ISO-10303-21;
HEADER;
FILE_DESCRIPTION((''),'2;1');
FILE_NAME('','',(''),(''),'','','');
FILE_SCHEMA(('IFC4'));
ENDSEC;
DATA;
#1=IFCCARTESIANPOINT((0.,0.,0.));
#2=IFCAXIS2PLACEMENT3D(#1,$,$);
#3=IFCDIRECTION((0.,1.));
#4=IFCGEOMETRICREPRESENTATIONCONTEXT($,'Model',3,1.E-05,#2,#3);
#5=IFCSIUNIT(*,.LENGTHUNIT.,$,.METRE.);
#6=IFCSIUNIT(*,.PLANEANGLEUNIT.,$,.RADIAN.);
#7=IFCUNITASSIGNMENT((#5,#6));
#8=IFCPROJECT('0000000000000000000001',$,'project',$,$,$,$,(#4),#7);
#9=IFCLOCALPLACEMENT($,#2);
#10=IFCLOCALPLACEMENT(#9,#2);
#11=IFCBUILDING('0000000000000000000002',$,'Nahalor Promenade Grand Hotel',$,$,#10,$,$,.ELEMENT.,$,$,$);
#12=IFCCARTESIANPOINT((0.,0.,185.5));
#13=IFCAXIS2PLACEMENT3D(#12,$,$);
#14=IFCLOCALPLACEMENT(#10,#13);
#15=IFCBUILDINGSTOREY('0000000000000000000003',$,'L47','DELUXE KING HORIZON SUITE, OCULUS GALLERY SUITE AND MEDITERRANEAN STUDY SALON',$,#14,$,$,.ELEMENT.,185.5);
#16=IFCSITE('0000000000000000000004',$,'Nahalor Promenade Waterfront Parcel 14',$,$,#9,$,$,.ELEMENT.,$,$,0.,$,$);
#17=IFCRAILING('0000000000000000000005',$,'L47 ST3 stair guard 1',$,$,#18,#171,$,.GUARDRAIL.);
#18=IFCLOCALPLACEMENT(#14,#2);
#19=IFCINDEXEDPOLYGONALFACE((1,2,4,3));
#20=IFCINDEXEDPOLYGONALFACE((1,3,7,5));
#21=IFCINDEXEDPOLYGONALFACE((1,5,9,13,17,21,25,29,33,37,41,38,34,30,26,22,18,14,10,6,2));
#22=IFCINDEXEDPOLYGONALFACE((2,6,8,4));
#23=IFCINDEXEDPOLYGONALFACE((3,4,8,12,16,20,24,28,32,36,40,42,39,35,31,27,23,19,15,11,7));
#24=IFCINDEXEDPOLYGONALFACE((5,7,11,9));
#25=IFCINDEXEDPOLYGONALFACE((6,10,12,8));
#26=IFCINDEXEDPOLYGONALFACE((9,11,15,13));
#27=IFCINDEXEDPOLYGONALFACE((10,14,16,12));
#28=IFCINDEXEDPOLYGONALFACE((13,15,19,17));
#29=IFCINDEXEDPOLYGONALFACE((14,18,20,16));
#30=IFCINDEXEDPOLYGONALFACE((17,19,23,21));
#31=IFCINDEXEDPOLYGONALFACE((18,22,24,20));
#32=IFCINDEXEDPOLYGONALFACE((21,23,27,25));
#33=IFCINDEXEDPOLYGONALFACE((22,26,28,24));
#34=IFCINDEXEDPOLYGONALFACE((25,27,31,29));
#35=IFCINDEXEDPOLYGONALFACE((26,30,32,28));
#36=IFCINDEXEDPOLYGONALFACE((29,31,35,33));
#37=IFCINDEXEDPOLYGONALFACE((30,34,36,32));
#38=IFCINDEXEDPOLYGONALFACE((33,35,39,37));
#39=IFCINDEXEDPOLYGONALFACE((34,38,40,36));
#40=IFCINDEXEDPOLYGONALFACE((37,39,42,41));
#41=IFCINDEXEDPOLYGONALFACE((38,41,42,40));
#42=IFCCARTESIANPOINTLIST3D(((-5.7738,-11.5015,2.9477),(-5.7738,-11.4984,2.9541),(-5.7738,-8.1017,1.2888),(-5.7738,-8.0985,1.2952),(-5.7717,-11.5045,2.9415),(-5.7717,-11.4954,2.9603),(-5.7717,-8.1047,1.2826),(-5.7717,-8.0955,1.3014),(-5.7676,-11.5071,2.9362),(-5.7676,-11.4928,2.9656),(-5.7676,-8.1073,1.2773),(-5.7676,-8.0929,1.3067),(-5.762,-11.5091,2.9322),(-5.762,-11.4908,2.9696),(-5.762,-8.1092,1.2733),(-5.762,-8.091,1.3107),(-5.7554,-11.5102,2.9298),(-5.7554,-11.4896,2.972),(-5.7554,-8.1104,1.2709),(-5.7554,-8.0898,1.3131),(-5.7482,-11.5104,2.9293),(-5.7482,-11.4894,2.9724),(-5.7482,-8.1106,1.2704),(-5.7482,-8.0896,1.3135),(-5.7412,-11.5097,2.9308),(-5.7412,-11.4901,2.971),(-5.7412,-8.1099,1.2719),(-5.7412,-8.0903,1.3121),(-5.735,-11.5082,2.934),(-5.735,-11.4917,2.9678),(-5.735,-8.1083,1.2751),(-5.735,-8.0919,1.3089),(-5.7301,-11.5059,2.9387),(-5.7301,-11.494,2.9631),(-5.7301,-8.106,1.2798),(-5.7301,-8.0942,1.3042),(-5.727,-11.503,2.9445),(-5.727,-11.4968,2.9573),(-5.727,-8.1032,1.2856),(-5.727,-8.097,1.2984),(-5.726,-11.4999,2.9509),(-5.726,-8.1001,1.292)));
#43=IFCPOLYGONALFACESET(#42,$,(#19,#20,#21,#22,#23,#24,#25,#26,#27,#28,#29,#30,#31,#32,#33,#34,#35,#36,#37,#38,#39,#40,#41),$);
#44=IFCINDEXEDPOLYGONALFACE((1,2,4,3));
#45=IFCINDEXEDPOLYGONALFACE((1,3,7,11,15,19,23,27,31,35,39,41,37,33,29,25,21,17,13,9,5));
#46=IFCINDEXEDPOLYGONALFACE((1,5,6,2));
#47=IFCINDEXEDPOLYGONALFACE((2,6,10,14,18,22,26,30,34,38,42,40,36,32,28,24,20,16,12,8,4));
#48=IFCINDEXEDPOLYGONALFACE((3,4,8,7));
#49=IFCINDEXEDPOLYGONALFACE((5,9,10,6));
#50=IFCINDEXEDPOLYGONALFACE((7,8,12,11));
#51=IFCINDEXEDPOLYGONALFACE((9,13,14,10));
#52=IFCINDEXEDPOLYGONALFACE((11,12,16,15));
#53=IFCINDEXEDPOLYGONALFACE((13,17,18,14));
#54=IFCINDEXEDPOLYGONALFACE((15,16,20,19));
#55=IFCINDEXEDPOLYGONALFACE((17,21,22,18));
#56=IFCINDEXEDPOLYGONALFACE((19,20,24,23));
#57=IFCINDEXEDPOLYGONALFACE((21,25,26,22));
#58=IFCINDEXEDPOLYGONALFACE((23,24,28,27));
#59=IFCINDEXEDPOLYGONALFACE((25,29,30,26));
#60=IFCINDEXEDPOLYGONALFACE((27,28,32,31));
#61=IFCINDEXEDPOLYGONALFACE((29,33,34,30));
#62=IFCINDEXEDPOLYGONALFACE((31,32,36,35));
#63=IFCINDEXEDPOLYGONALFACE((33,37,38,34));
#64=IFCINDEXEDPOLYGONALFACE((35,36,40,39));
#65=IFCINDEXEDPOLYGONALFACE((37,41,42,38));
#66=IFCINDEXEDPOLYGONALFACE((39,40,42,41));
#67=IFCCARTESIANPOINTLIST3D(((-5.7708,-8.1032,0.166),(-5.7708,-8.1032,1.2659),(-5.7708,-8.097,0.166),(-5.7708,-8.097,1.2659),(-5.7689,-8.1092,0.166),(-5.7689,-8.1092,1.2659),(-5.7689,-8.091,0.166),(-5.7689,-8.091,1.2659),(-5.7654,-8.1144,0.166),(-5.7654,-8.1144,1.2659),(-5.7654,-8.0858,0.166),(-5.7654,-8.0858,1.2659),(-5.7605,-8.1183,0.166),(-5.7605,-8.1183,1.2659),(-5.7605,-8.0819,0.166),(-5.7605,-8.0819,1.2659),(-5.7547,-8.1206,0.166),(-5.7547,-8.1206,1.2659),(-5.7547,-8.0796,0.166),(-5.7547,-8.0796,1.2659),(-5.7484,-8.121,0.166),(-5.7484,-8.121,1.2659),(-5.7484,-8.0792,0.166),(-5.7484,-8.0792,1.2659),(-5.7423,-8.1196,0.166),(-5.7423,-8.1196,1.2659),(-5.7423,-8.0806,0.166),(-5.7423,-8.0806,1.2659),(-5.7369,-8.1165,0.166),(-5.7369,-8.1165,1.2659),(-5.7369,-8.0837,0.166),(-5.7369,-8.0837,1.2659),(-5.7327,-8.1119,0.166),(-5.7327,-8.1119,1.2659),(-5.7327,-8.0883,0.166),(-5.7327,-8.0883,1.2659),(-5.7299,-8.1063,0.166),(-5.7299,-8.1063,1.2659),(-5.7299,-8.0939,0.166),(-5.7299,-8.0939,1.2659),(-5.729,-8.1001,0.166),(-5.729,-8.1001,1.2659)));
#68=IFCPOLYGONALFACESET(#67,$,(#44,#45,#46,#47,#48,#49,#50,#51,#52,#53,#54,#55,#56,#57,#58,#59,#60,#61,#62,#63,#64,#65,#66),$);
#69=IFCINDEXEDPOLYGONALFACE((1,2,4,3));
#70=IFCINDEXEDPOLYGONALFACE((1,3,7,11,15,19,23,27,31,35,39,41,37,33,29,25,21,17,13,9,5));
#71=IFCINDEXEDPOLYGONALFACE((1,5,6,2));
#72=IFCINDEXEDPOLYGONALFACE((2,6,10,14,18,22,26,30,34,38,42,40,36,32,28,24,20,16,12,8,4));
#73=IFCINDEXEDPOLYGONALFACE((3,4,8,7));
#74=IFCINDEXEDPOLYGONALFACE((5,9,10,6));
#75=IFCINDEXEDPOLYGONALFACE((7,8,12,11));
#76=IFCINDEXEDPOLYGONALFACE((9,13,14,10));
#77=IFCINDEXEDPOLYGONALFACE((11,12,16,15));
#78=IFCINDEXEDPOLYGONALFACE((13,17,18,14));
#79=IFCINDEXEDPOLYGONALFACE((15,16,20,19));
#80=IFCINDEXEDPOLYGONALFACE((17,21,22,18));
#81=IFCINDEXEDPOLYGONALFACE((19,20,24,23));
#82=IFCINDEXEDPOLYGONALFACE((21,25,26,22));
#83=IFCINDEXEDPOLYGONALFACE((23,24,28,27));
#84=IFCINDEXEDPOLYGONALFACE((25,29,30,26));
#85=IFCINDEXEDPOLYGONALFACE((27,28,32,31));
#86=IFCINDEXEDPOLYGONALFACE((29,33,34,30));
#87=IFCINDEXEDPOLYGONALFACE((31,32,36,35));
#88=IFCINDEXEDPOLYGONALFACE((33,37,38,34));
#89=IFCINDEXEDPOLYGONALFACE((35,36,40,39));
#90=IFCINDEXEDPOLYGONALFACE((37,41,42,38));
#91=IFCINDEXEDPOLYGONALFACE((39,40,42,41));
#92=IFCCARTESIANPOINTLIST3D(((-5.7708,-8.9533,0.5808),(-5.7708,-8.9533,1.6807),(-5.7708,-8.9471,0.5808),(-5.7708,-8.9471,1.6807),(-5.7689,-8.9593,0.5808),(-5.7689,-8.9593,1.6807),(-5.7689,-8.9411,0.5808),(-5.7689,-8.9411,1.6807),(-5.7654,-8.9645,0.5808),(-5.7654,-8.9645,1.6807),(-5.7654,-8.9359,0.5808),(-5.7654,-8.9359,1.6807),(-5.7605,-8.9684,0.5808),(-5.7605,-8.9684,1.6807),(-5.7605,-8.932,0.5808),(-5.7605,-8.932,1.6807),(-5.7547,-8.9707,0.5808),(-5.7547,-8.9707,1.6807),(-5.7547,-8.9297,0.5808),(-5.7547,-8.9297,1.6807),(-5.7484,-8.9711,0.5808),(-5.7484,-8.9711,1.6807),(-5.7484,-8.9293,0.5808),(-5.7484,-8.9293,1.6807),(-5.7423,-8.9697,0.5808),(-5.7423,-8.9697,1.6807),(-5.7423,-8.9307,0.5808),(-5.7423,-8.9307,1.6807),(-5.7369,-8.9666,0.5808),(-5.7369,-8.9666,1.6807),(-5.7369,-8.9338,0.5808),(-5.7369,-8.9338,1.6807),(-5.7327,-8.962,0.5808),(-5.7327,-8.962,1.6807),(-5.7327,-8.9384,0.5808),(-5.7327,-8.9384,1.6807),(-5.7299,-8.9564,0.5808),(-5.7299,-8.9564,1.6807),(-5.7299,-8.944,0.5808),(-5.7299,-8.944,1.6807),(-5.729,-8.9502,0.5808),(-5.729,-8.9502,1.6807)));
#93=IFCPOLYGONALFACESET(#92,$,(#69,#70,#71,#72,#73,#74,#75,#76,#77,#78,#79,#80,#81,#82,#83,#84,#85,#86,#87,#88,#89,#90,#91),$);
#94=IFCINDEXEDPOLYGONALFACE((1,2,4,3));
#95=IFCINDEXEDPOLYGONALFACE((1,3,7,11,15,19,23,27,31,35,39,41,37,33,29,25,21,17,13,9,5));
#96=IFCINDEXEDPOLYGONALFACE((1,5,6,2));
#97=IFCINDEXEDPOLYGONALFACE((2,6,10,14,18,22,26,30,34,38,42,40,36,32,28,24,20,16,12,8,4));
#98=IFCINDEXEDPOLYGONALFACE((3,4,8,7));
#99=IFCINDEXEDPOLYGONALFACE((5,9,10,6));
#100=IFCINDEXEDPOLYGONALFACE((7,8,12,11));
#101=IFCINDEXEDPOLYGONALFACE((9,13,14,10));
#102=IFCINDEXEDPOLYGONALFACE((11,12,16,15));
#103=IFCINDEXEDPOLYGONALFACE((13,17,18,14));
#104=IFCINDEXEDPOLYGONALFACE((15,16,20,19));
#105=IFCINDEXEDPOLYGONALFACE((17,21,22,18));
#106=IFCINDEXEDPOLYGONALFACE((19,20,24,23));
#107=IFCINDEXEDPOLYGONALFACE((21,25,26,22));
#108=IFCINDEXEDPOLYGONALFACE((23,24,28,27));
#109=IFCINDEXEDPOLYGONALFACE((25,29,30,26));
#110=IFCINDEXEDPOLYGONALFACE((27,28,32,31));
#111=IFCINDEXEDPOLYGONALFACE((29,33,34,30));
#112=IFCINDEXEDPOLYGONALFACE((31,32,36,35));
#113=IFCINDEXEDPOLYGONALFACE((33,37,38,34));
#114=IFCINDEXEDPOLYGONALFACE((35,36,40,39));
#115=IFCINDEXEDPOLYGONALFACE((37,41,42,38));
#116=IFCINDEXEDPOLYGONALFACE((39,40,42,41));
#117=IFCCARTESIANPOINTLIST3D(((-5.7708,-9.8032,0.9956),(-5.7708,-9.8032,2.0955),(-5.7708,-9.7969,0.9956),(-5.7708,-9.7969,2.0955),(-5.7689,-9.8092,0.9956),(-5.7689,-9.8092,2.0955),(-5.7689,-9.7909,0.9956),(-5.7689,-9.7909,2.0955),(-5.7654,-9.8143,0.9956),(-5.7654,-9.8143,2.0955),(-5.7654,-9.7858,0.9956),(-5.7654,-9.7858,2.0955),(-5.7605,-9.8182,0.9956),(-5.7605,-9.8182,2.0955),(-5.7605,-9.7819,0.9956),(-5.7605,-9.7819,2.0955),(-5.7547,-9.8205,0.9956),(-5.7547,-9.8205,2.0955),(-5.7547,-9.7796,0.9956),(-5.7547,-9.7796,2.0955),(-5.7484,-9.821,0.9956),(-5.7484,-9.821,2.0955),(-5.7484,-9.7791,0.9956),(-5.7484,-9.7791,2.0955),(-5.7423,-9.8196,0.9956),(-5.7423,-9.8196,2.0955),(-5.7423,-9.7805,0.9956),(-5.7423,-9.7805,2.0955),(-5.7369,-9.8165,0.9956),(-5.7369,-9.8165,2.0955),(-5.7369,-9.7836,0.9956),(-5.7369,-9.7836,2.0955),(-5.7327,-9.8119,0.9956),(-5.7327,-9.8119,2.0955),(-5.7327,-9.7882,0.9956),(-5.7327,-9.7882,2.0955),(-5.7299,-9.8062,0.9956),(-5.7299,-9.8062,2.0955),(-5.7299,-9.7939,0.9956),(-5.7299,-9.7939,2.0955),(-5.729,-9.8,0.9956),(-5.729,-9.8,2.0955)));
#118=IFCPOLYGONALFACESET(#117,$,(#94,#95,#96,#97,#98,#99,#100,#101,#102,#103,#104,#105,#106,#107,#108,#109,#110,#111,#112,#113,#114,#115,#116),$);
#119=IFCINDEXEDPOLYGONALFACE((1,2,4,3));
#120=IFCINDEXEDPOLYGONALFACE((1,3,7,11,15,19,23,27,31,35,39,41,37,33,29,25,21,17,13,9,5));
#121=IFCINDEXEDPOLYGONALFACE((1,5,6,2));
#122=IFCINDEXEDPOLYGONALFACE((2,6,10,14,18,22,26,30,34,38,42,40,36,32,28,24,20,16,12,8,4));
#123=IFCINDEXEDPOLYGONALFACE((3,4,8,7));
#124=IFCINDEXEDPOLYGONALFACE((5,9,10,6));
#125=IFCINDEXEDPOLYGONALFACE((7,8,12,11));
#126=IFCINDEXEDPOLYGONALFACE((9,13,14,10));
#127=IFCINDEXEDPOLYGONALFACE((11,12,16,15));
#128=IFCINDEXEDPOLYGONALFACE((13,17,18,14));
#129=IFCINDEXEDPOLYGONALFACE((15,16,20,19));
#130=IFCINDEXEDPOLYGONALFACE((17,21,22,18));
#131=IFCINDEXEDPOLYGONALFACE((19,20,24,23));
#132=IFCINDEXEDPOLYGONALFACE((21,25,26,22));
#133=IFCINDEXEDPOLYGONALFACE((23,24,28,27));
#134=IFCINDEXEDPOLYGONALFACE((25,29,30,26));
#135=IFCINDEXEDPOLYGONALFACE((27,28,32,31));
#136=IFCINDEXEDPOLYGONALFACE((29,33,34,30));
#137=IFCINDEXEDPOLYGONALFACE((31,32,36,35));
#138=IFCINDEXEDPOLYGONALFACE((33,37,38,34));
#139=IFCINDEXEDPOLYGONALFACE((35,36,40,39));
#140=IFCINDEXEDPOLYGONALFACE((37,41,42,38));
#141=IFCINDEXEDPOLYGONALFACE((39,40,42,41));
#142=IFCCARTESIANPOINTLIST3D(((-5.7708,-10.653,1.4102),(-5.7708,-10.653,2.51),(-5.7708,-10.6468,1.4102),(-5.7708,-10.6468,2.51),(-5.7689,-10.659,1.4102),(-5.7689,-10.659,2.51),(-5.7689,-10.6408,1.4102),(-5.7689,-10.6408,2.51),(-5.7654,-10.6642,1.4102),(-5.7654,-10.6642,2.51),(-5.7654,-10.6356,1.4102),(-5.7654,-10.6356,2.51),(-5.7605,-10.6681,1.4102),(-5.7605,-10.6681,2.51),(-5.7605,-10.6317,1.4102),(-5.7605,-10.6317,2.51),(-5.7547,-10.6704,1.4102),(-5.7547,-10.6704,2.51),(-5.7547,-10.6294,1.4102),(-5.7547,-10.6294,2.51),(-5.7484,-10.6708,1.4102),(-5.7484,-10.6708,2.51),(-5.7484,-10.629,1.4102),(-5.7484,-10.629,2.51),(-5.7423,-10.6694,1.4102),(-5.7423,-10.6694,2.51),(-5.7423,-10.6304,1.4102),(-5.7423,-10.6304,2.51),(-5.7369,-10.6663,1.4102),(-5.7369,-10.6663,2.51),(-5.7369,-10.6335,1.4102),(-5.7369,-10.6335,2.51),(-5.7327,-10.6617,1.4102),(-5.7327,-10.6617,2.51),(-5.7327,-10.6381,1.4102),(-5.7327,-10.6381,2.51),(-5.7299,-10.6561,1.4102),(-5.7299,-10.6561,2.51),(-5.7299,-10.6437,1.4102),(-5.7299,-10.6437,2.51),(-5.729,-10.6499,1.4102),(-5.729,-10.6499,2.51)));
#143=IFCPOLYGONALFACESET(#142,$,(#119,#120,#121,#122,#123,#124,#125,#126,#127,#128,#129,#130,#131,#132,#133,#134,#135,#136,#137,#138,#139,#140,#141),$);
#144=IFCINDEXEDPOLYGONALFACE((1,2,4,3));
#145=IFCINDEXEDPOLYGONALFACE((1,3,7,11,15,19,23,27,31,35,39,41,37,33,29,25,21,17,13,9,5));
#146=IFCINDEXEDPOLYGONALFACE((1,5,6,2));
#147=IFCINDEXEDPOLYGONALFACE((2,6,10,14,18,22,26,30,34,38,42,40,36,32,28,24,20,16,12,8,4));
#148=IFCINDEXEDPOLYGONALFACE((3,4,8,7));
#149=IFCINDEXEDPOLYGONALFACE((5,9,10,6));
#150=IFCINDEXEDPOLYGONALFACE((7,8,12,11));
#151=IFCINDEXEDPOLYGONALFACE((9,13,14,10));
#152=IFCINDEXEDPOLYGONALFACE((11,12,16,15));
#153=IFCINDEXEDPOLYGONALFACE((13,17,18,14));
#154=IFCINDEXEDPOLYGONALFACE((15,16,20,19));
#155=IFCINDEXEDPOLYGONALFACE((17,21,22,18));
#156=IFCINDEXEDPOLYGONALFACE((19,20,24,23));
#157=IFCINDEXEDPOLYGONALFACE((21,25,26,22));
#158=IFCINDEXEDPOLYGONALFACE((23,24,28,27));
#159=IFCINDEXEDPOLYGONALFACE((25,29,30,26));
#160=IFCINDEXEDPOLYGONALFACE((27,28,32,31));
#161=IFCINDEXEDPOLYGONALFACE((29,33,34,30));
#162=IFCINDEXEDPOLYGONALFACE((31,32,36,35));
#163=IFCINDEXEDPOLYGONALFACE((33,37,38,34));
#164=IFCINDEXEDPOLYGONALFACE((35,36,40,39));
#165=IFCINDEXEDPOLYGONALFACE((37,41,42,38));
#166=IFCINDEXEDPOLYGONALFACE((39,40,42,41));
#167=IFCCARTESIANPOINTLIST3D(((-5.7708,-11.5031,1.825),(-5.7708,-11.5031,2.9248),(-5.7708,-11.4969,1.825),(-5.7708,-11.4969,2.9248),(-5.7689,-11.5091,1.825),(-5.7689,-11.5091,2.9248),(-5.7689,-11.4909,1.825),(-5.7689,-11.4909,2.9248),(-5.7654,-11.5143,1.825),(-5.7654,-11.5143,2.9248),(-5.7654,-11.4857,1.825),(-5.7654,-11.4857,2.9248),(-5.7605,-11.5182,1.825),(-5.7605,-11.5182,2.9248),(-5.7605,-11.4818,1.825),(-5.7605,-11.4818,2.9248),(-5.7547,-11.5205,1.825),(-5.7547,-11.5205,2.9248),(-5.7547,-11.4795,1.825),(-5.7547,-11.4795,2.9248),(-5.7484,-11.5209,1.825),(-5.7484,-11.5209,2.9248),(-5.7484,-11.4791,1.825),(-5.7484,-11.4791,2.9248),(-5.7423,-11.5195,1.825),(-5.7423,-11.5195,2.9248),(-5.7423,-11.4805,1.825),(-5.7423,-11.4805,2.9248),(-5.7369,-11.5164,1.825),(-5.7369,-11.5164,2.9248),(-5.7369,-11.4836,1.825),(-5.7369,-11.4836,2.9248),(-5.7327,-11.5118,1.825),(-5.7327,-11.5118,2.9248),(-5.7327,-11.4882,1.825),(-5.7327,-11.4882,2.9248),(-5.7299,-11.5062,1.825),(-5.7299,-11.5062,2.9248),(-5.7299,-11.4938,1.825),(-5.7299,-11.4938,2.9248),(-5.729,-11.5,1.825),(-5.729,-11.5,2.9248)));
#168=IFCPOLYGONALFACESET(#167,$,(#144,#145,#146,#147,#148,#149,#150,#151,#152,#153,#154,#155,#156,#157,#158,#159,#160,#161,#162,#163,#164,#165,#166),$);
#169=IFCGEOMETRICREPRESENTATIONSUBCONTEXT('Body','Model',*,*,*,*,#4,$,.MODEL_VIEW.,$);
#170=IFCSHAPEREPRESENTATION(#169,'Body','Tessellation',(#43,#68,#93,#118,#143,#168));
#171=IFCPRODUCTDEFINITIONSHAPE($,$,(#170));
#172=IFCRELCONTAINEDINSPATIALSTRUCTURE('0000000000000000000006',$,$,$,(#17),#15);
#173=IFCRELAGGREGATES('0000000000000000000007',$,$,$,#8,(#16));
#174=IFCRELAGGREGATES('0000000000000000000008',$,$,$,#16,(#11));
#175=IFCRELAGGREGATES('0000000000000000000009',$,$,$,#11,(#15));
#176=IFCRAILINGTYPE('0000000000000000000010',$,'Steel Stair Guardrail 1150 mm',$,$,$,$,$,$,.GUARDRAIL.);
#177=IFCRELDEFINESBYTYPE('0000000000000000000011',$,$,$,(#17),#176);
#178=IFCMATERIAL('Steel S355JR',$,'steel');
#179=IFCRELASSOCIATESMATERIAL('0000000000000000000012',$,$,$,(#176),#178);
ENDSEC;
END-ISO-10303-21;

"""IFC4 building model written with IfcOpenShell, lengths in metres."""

from ifc_helpers import new_model, si_unit, direction, frame, origin, origin_2d, place, context, subcontext, project, spatial, circle, extrude, material, type_object, element, save


model = new_model("IFC4")

# Units and contexts
model_context = context("Model", 3, precision=1e-05, world=origin(), true_north=direction((0.0, 1.0)))
body_context = subcontext(model_context, "Body", "Model", "MODEL_VIEW")
ifc_project = project(units=[si_unit("LENGTHUNIT", "METRE"), si_unit("PLANEANGLEUNIT", "RADIAN")], contexts=[model_context])

# Site, building, storey
site_placement = place(None, origin())
site = spatial("IfcSite", under=ifc_project, at=site_placement, Name="Nahalor Promenade Waterfront Parcel 14", CompositionType="ELEMENT", RefElevation=0.0)
building_placement = place(site_placement, origin())
building = spatial("IfcBuilding", under=site, at=building_placement, Name="Nahalor Promenade Grand Hotel", CompositionType="ELEMENT")
storey_placement = place(building_placement, frame((0.0, 0.0, 185.5)))
storey = spatial("IfcBuildingStorey", under=building, at=storey_placement, Name="L47", Description="DELUXE KING HORIZON SUITE, OCULUS GALLERY SUITE AND MEDITERRANEAN STUDY SALON", CompositionType="ELEMENT", Elevation=185.5)

# Shared definitions
ifc_material_1 = material(Name="Steel S355JR", Category="steel")

# Railing
railing_type_1 = type_object("IfcRailingType", Name="Steel Stair Guardrail 1150 mm", PredefinedType="GUARDRAIL", material=ifc_material_1)
railing_1_placement = place(storey_placement, frame((-5.75, -8.1001, 0.166)))
element("IfcRailing", 1, at=railing_1_placement, inside=storey, type_object=railing_type_1, Name="L47 ST3 stair guard 1", PredefinedType="GUARDRAIL", context=body_context, shape_type="SweptSolid", body=[
    extrude(circle(Radius=0.024, at=origin_2d()), frame((0.0, 0.0, 1.126), z_axis=(0.0, -0.898722, 0.438519), x_axis=(1.0, 0.0, 0.0)), (0.0, 0.0, 1.0), 3.783),
    extrude(circle(Radius=0.021, at=origin_2d()), origin(), (0.0, 0.0, 1.0), 1.0999),
    extrude(circle(Radius=0.021, at=origin_2d()), frame((0.0, -0.8501, 0.4148)), (0.0, 0.0, 1.0), 1.0999),
    extrude(circle(Radius=0.021, at=origin_2d()), frame((0.0, -1.7, 0.8296)), (0.0, 0.0, 1.0), 1.0999),
    extrude(circle(Radius=0.021, at=origin_2d()), frame((0.0, -2.5498, 1.2441)), (0.0, 0.0, 1.0), 1.0999),
    extrude(circle(Radius=0.021, at=origin_2d()), frame((0.0, -3.3999, 1.6589)), (0.0, 0.0, 1.0), 1.0999),
])

save(model, "model.ifc")
